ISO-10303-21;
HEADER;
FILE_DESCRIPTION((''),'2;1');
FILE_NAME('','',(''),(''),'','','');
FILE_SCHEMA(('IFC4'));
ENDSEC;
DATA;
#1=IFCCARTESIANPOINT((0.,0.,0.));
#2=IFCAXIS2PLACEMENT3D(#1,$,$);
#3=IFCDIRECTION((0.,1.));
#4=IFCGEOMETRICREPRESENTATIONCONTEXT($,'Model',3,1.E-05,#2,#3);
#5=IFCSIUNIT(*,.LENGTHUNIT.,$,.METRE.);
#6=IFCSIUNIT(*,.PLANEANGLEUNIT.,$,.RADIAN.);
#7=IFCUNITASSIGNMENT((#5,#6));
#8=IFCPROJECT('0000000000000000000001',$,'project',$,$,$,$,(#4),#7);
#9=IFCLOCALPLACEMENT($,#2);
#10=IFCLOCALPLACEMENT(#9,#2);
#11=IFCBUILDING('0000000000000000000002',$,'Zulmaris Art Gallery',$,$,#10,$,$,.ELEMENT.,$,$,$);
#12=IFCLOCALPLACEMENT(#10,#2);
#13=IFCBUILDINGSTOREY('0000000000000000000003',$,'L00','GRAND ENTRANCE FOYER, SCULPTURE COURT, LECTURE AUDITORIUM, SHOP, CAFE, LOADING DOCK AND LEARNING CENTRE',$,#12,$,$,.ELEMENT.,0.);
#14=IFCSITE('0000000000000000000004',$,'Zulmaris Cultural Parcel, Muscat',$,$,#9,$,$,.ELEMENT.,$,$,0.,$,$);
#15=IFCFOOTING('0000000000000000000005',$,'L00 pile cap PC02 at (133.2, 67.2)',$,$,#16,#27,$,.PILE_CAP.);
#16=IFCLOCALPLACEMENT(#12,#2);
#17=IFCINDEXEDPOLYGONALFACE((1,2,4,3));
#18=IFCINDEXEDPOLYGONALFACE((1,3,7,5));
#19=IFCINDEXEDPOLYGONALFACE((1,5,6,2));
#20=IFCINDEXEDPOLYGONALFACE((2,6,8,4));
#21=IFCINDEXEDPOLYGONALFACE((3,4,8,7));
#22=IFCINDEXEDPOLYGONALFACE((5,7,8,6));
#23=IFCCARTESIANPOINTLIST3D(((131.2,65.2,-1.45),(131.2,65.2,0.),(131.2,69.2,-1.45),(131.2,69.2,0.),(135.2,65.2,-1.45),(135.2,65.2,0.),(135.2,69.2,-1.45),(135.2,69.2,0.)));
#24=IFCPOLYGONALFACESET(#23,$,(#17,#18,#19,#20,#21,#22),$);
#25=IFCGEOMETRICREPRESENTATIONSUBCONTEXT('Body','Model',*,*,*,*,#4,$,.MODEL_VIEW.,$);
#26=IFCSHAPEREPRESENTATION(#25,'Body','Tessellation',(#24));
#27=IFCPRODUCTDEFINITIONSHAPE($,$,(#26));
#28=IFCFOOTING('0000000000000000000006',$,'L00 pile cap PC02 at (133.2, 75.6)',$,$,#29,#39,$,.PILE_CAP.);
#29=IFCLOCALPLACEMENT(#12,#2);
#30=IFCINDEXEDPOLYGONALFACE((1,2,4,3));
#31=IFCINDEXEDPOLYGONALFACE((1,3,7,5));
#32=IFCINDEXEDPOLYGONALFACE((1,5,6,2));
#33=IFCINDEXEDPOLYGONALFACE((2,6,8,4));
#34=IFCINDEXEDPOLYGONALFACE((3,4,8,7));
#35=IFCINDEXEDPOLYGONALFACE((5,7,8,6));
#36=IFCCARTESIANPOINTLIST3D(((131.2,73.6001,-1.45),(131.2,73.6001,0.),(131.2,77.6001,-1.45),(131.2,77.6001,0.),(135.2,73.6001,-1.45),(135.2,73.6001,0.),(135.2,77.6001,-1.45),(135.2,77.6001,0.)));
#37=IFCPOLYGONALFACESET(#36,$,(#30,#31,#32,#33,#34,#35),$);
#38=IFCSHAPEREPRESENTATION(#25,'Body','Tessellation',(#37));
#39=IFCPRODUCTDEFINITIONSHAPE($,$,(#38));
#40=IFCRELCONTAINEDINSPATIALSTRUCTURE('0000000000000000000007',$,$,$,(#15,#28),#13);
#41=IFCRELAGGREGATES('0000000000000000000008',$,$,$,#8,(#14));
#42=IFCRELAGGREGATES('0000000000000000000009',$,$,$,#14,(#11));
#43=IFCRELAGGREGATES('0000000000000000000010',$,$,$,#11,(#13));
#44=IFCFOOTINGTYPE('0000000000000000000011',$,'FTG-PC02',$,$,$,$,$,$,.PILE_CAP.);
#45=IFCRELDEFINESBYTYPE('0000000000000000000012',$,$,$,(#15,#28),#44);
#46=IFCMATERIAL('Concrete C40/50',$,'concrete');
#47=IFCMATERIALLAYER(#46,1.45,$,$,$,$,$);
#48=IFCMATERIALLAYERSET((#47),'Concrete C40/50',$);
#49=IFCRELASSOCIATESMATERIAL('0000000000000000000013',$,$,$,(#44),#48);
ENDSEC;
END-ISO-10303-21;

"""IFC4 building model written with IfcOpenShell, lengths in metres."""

from ifc_helpers import new_model, si_unit, direction, frame, origin, place, context, subcontext, project, spatial, polyline, outline, extrude, material, layer, layer_set, type_object, element, save


model = new_model("IFC4")

# Units and contexts
model_context = context("Model", 3, precision=1e-05, world=origin(), true_north=direction((0.0, 1.0)))
body_context = subcontext(model_context, "Body", "Model", "MODEL_VIEW")
ifc_project = project(units=[si_unit("LENGTHUNIT", "METRE"), si_unit("PLANEANGLEUNIT", "RADIAN")], contexts=[model_context])

# Site, building, storey
site_placement = place(None, origin())
site = spatial("IfcSite", under=ifc_project, at=site_placement, Name="Zulmaris Cultural Parcel, Muscat", CompositionType="ELEMENT", RefElevation=0.0)
building_placement = place(site_placement, origin())
building = spatial("IfcBuilding", under=site, at=building_placement, Name="Zulmaris Art Gallery", CompositionType="ELEMENT")
storey_placement = place(building_placement, origin())
storey = spatial("IfcBuildingStorey", under=building, at=storey_placement, Name="L00", Description="GRAND ENTRANCE FOYER, SCULPTURE COURT, LECTURE AUDITORIUM, SHOP, CAFE, LOADING DOCK AND LEARNING CENTRE", CompositionType="ELEMENT", Elevation=0.0)

# Footings
ifc_material = material(Name="Concrete C40/50", Category="concrete")
ifc_layer_1 = layer(ifc_material, 1.45)
ifc_layer_set_1 = layer_set([ifc_layer_1], Name="Concrete C40/50")
footing_type_1 = type_object("IfcFootingType", Name="FTG-PC02", PredefinedType="PILE_CAP", material=ifc_layer_set_1)
footing_1_placement = place(storey_placement, frame((0.0, 0.0, -1.45)))
element("IfcFooting", 1, at=footing_1_placement, inside=storey, type_object=footing_type_1, Name="L00 pile cap PC02 at (133.2, 67.2)", PredefinedType="PILE_CAP", context=body_context, shape_type="SweptSolid", body=[
    extrude(outline(polyline([(131.2, 65.2), (135.2, 65.2), (135.2, 69.2), (131.2, 69.2), (131.2, 65.2)])), origin(), (0.0, 0.0, 1.0), 1.45),
])
footing_2_placement = place(storey_placement, frame((0.0, 0.0, -1.45)))
element("IfcFooting", 2, at=footing_2_placement, inside=storey, type_object=footing_type_1, Name="L00 pile cap PC02 at (133.2, 75.6)", PredefinedType="PILE_CAP", context=body_context, shape_type="SweptSolid", body=[
    extrude(outline(polyline([(131.2, 73.6001), (135.2, 73.6001), (135.2, 77.6001), (131.2, 77.6001), (131.2, 73.6001)])), origin(), (0.0, 0.0, 1.0), 1.45),
])

save(model, "model.ifc")
